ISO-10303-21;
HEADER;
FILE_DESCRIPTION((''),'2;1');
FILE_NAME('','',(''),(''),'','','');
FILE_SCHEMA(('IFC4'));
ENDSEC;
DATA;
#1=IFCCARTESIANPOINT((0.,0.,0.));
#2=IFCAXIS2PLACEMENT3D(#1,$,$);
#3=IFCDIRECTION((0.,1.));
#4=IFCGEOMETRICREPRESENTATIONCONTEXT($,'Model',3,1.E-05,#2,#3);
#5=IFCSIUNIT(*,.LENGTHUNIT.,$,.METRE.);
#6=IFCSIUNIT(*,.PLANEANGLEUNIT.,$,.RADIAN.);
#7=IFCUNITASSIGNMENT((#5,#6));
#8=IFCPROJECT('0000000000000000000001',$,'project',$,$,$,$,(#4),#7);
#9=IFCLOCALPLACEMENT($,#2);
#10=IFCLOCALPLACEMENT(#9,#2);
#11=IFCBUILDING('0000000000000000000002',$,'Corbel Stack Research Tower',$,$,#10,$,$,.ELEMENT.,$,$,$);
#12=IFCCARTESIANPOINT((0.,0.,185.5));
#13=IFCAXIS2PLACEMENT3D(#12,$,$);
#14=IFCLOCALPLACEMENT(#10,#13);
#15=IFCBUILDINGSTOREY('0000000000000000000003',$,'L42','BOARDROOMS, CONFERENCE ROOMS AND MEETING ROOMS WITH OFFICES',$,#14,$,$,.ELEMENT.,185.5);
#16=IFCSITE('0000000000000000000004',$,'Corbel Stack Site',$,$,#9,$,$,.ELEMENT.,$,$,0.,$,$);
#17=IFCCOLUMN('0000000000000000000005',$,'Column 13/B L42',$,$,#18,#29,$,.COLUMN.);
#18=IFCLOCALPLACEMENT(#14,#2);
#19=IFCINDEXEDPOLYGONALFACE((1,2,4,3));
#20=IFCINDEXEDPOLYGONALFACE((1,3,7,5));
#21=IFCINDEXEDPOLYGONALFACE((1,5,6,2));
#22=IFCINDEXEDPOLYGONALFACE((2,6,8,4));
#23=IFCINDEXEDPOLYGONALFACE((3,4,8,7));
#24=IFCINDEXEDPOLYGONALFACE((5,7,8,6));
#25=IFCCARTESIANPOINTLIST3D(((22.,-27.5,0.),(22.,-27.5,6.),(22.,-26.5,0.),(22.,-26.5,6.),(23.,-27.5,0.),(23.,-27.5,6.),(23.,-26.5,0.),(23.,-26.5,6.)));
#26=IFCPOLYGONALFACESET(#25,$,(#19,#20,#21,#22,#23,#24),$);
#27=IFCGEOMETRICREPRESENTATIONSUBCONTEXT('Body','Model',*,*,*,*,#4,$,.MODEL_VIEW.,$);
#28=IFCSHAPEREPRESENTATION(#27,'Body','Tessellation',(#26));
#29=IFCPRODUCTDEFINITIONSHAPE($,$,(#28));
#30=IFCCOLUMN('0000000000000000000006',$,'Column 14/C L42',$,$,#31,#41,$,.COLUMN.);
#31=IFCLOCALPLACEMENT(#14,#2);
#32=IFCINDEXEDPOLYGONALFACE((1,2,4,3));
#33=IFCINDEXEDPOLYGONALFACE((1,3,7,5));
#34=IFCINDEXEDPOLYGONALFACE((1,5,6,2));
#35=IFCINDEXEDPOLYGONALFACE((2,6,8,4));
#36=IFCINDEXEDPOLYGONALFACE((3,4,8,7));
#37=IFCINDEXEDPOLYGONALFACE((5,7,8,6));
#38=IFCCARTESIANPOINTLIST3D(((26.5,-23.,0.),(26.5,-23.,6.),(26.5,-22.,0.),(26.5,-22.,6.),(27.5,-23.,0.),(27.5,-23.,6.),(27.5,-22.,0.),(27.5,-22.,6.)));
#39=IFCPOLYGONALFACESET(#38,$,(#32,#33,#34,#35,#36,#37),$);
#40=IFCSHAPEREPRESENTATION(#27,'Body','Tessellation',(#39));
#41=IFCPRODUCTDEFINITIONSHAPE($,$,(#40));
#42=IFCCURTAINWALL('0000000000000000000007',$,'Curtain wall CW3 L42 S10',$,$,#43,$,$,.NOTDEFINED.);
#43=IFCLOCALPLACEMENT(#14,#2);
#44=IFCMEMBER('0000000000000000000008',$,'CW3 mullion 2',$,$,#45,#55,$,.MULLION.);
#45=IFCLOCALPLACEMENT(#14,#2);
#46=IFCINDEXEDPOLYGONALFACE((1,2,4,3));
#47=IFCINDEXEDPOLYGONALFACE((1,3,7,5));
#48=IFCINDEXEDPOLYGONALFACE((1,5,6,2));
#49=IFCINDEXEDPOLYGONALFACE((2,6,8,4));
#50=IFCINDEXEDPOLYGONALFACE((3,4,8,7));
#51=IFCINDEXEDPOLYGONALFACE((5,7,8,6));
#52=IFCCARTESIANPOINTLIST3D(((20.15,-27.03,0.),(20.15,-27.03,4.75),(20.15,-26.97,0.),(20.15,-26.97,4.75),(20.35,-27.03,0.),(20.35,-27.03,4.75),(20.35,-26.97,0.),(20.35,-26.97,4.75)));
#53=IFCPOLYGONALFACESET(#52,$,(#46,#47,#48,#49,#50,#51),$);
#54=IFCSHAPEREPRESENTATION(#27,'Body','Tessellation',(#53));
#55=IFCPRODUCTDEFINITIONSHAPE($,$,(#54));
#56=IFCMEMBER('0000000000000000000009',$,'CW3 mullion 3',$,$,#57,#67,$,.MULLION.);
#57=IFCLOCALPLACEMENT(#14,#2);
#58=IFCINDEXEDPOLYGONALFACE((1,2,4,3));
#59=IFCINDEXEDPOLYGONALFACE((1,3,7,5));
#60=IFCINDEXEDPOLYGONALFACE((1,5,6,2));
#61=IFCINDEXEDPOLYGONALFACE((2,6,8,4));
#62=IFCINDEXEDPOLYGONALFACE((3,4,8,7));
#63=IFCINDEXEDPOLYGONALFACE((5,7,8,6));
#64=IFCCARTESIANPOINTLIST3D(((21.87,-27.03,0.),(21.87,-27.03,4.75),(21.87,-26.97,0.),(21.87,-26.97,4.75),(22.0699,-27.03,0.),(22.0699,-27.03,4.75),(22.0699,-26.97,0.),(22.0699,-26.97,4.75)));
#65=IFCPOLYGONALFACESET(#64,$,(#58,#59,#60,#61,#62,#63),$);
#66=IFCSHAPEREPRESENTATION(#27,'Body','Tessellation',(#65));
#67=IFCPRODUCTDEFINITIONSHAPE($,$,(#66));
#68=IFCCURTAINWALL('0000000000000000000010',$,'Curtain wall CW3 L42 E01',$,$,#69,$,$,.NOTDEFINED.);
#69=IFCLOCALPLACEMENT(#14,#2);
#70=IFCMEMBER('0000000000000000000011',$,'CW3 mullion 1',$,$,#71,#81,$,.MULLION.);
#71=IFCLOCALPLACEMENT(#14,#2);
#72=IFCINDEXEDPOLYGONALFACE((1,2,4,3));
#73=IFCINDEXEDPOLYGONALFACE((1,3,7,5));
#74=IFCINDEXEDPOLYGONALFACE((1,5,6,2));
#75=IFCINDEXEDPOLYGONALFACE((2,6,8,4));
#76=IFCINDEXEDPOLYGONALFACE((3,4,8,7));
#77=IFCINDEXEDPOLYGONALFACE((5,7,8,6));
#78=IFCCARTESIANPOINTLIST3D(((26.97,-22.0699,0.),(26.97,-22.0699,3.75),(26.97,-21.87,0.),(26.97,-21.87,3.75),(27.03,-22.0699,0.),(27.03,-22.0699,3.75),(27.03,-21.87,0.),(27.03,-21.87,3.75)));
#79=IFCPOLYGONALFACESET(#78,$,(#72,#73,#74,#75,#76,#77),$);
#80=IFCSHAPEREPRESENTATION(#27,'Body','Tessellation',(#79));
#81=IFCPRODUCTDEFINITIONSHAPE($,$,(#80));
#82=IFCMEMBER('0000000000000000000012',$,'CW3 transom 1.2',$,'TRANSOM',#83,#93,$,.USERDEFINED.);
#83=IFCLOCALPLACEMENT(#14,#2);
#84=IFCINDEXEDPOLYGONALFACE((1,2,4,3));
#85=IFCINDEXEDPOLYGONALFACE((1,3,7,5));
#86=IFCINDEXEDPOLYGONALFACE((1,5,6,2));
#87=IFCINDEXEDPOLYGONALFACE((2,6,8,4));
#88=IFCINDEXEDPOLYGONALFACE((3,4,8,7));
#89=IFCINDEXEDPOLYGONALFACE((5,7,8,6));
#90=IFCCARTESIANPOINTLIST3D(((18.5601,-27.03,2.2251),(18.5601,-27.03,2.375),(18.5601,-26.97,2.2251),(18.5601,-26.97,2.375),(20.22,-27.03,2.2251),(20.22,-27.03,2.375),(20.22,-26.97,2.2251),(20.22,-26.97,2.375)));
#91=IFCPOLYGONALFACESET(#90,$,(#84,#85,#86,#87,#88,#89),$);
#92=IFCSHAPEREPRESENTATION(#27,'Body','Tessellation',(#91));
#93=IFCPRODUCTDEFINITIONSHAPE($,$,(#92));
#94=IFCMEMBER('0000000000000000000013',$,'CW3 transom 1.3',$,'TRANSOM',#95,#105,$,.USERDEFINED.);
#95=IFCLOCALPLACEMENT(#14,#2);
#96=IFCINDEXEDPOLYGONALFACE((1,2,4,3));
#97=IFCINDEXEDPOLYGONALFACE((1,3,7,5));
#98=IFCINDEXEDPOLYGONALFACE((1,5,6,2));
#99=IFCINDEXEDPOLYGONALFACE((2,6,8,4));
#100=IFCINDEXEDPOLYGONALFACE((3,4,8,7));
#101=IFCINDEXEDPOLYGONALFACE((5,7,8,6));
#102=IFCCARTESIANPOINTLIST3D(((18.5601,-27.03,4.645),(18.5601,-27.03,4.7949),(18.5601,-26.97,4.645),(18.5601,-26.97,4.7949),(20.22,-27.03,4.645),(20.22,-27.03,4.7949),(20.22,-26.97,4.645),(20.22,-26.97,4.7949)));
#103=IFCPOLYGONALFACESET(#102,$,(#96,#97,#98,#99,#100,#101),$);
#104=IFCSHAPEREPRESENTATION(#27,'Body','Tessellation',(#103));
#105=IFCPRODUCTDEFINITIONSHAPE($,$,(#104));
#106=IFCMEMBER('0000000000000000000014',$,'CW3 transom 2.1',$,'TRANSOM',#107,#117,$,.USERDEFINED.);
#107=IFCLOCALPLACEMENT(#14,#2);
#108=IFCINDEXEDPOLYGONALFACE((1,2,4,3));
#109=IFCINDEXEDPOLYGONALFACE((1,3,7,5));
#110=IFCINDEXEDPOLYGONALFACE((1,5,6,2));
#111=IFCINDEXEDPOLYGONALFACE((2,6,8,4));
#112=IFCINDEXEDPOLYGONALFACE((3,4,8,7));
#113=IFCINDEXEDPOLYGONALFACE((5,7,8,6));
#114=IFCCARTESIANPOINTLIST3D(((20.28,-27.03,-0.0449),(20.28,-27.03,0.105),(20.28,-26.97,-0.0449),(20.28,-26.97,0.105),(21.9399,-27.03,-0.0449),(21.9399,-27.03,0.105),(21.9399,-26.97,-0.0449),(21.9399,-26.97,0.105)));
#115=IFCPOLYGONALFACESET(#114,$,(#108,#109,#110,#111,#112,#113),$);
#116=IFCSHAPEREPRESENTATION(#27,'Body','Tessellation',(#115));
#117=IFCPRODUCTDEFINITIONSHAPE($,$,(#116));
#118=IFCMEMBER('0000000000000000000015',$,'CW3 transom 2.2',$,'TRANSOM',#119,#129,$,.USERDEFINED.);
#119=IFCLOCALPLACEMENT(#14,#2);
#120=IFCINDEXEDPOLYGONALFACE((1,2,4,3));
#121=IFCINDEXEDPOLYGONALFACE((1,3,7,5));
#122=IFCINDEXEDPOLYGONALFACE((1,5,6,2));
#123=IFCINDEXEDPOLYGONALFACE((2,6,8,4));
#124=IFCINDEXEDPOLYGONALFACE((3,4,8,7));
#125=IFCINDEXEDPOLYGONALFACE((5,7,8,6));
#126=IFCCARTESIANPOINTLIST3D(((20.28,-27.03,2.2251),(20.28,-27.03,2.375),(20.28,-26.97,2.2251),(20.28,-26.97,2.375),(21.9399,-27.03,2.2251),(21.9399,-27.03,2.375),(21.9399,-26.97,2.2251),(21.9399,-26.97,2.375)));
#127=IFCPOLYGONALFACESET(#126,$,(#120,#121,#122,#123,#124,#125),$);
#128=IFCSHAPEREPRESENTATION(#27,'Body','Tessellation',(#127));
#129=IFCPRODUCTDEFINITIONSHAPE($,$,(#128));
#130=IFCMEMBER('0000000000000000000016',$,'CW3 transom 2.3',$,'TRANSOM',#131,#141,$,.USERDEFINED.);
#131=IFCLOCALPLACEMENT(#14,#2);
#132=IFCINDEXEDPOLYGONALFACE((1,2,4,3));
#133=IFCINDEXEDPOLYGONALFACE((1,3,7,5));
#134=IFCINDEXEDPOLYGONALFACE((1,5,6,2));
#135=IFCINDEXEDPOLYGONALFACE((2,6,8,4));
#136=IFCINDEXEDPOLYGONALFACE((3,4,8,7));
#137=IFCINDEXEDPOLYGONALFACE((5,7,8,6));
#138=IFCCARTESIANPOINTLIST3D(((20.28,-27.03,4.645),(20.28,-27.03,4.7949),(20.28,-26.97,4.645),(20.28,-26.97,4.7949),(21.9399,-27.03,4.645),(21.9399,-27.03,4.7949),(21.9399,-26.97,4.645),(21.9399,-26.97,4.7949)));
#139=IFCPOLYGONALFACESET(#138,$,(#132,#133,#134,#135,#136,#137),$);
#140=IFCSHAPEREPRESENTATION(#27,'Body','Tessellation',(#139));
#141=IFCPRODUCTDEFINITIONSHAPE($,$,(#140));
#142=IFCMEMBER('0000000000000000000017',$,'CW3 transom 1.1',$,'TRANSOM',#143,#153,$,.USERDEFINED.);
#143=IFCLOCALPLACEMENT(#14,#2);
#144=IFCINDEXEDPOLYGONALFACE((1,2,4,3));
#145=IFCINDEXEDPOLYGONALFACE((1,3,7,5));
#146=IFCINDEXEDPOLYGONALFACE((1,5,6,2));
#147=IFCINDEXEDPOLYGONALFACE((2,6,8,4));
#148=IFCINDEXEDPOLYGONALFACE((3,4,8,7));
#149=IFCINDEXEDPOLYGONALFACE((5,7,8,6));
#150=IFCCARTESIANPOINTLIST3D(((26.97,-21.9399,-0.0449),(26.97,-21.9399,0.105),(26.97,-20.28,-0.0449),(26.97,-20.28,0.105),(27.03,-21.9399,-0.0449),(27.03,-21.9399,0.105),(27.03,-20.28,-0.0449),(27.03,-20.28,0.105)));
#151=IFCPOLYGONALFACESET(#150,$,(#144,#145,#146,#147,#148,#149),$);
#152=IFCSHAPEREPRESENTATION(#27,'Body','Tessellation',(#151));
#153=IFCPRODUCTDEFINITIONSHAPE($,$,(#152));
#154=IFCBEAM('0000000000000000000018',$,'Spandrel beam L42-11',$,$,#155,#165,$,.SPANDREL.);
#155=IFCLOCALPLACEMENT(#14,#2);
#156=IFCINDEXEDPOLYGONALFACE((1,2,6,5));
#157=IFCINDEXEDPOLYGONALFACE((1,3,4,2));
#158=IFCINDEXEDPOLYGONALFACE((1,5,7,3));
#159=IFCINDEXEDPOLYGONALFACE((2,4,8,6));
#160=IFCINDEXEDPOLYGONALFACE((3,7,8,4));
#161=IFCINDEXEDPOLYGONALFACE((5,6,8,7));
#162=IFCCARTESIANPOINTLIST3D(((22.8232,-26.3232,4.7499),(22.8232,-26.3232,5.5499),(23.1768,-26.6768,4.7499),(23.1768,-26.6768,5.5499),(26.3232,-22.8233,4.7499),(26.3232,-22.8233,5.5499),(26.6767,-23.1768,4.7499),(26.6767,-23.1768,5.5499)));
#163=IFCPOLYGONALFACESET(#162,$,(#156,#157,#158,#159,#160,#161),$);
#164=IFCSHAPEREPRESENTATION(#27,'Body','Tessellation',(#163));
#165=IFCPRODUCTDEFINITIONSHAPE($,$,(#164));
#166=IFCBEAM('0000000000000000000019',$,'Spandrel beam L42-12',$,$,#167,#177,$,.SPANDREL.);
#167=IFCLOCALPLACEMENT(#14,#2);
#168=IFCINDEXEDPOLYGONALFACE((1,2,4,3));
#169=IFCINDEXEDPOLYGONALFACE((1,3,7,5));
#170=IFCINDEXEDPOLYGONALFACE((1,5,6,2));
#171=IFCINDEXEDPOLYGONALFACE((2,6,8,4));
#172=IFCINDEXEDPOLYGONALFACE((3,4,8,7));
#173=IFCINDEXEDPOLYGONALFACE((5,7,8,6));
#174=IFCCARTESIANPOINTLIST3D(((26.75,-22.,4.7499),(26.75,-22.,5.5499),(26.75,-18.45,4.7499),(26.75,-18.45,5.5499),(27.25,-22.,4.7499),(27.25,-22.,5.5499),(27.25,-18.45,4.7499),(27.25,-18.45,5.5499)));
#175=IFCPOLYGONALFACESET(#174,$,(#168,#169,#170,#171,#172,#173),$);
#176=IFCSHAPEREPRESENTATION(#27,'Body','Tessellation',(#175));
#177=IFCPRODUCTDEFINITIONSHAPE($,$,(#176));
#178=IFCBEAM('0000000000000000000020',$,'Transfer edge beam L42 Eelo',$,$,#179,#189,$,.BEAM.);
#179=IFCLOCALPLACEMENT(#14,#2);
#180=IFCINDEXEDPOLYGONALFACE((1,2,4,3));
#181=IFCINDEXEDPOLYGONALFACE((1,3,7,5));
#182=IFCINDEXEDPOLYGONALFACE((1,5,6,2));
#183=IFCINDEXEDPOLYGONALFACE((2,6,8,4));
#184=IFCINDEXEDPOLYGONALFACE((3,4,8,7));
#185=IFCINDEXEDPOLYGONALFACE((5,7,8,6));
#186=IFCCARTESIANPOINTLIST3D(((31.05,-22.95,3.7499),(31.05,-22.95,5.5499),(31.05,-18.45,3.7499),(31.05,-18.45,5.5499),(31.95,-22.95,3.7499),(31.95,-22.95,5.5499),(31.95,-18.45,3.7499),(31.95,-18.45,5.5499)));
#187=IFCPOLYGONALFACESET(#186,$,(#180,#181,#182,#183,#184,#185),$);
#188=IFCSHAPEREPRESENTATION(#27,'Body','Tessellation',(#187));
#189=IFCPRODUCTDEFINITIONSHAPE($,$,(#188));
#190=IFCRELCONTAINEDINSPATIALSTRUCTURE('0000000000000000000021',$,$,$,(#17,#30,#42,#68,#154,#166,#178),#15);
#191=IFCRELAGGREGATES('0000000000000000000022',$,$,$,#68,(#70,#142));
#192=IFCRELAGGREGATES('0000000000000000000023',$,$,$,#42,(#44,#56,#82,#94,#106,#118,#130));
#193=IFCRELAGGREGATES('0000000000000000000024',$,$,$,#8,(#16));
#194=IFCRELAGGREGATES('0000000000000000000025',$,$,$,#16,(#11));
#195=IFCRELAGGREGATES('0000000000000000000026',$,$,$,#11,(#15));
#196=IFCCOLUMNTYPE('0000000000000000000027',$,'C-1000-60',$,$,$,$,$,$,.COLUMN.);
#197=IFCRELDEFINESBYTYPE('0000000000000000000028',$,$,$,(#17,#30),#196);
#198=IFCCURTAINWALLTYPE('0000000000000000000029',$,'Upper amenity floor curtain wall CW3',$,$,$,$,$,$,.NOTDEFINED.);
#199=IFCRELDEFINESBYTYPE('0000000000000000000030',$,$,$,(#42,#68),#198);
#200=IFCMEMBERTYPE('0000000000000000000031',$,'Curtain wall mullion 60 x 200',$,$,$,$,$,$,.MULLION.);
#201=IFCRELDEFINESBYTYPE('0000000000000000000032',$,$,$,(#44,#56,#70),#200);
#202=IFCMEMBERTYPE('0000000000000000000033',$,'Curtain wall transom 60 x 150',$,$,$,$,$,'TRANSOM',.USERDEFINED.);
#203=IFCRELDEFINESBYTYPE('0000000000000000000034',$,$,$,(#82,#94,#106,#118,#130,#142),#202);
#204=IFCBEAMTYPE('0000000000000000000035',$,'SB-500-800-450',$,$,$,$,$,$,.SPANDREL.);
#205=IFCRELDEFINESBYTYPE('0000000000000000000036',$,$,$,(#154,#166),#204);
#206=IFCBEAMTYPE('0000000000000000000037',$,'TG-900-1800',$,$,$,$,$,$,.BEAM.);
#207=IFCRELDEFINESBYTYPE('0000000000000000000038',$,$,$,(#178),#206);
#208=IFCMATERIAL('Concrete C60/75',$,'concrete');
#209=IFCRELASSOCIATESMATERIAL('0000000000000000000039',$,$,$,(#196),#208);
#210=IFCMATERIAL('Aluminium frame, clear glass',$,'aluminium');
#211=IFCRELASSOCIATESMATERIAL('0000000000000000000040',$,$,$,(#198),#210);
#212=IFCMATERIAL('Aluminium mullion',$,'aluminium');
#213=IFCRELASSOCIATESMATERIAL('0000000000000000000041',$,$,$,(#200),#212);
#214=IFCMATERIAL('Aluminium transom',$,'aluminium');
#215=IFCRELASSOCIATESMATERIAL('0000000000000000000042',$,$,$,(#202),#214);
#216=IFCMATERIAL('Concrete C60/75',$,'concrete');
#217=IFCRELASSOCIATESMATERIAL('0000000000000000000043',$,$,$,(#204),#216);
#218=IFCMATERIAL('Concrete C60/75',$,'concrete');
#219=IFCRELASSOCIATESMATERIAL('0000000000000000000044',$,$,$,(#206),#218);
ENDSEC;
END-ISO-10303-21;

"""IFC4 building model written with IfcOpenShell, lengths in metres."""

from ifc_helpers import new_model, si_unit, direction, frame, origin, origin_2d, place, context, subcontext, project, spatial, rectangle, extrude, material, material_profile, profile_set, type_object, element, aggregate, save


model = new_model("IFC4")

# Units and contexts
model_context = context("Model", 3, precision=1e-05, world=origin(), true_north=direction((0.0, 1.0)))
body_context = subcontext(model_context, "Body", "Model", "MODEL_VIEW")
ifc_project = project(units=[si_unit("LENGTHUNIT", "METRE"), si_unit("PLANEANGLEUNIT", "RADIAN")], contexts=[model_context])

# Site, building, storey
site_placement = place(None, origin())
site = spatial("IfcSite", under=ifc_project, at=site_placement, Name="Corbel Stack Site", CompositionType="ELEMENT", RefElevation=0.0)
building_placement = place(site_placement, origin())
building = spatial("IfcBuilding", under=site, at=building_placement, Name="Corbel Stack Research Tower", CompositionType="ELEMENT")
storey_placement = place(building_placement, frame((0.0, 0.0, 185.5)))
storey = spatial("IfcBuildingStorey", under=building, at=storey_placement, Name="L42", Description="BOARDROOMS, CONFERENCE ROOMS AND MEETING ROOMS WITH OFFICES", CompositionType="ELEMENT", Elevation=185.5)

# Columns
ifc_material_1 = material(Name="Concrete C60/75", Category="concrete")
ifc_material_profile_1 = material_profile(ifc_material_1, rectangle(XDim=1.0, YDim=1.0, at=origin_2d()), Name="RC 1000 x 1000")
ifc_profile_set_1 = profile_set([ifc_material_profile_1], Name="Concrete C60/75")
column_type = type_object("IfcColumnType", Name="C-1000-60", PredefinedType="COLUMN", material=ifc_profile_set_1)
for number, where, z_axis, x_axis, name in (
    (1, (22.5, -27.0, 0.0), (0.0, 0.0, 1.0), (1.0, 0.0, 0.0), "Column 13/B L42"),
    (2, (27.0, -22.5, 0.0), (0.0, 0.0, 1.0), (1.0, 0.0, 0.0), "Column 14/C L42"),
):
    element("IfcColumn", number, at=place(storey_placement, frame(where, z_axis=z_axis, x_axis=x_axis)), inside=storey, type_object=column_type, Name=name, PredefinedType="COLUMN", context=body_context, shape_type="SweptSolid", body=[
        extrude(rectangle(XDim=1.0, YDim=1.0, at=origin_2d()), origin(), (0.0, 0.0, 1.0), 6.0),
    ])

# Curtain wall, members
ifc_material_2 = material(Name="Aluminium frame, clear glass", Category="aluminium")
curtain_wall_type = type_object("IfcCurtainWallType", Name="Upper amenity floor curtain wall CW3", PredefinedType="NOTDEFINED", material=ifc_material_2)
curtain_wall_1_placement = place(storey_placement, origin())
curtain_wall_1 = element("IfcCurtainWall", 3, at=curtain_wall_1_placement, inside=storey, type_object=curtain_wall_type, Name="Curtain wall CW3 L42 S10", PredefinedType="NOTDEFINED")
ifc_material_3 = material(Name="Aluminium mullion", Category="aluminium")
ifc_material_profile_2 = material_profile(ifc_material_3, rectangle(XDim=0.0601, YDim=0.2, at=origin_2d()), Name="Mullion 60 x 200")
ifc_profile_set_2 = profile_set([ifc_material_profile_2], Name="Aluminium mullion")
member_type_1 = type_object("IfcMemberType", Name="Curtain wall mullion 60 x 200", PredefinedType="MULLION", material=ifc_profile_set_2)
member_1_placement = place(storey_placement, frame((20.25, -27.0, 0.0), z_axis=(0.0, 0.0, 1.0), x_axis=(0.0, 1.0, 0.0)))
member_1 = element("IfcMember", 4, at=member_1_placement, type_object=member_type_1, Name="CW3 mullion 2", PredefinedType="MULLION", context=body_context, shape_type="SweptSolid", body=[
    extrude(rectangle(XDim=0.0601, YDim=0.2, at=origin_2d()), origin(), (0.0, 0.0, 1.0), 4.75),
])
member_2_placement = place(storey_placement, frame((21.97, -27.0, 0.0), z_axis=(0.0, 0.0, 1.0), x_axis=(0.0, 1.0, 0.0)))
member_2 = element("IfcMember", 5, at=member_2_placement, type_object=member_type_1, Name="CW3 mullion 3", PredefinedType="MULLION", context=body_context, shape_type="SweptSolid", body=[
    extrude(rectangle(XDim=0.0601, YDim=0.2, at=origin_2d()), origin(), (0.0, 0.0, 1.0), 4.75),
])

# Curtain wall, member
curtain_wall_2_placement = place(storey_placement, origin())
curtain_wall_2 = element("IfcCurtainWall", 6, at=curtain_wall_2_placement, inside=storey, type_object=curtain_wall_type, Name="Curtain wall CW3 L42 E01", PredefinedType="NOTDEFINED")
member_3_placement = place(storey_placement, frame((27.0, -21.97, 0.0), z_axis=(0.0, 0.0, 1.0), x_axis=(-1.0, 0.0, 0.0)))
member_3 = element("IfcMember", 7, at=member_3_placement, type_object=member_type_1, Name="CW3 mullion 1", PredefinedType="MULLION", context=body_context, shape_type="SweptSolid", body=[
    extrude(rectangle(XDim=0.0601, YDim=0.2, at=origin_2d()), origin(), (0.0, 0.0, 1.0), 3.75),
])

# Members
ifc_material_4 = material(Name="Aluminium transom", Category="aluminium")
ifc_material_profile_3 = material_profile(ifc_material_4, rectangle(XDim=0.0601, YDim=0.1499, at=origin_2d()), Name="Transom 60 x 150")
ifc_profile_set_3 = profile_set([ifc_material_profile_3], Name="Aluminium transom")
member_type_2 = type_object("IfcMemberType", Name="Curtain wall transom 60 x 150", ElementType="TRANSOM", PredefinedType="USERDEFINED", material=ifc_profile_set_3)
member_4_placement = place(storey_placement, frame((18.5601, -27.0, 2.3), z_axis=(1.0, 0.0, 0.0), x_axis=(0.0, 1.0, 0.0)))
member_4 = element("IfcMember", 8, at=member_4_placement, type_object=member_type_2, Name="CW3 transom 1.2", ObjectType="TRANSOM", PredefinedType="USERDEFINED", context=body_context, shape_type="SweptSolid", body=[
    extrude(rectangle(XDim=0.0601, YDim=0.1499, at=origin_2d()), origin(), (0.0, 0.0, 1.0), 1.6599),
])
member_5_placement = place(storey_placement, frame((18.5601, -27.0, 4.72), z_axis=(1.0, 0.0, 0.0), x_axis=(0.0, 1.0, 0.0)))
member_5 = element("IfcMember", 9, at=member_5_placement, type_object=member_type_2, Name="CW3 transom 1.3", ObjectType="TRANSOM", PredefinedType="USERDEFINED", context=body_context, shape_type="SweptSolid", body=[
    extrude(rectangle(XDim=0.0601, YDim=0.1499, at=origin_2d()), origin(), (0.0, 0.0, 1.0), 1.6599),
])
member_6_placement = place(storey_placement, frame((20.28, -27.0, 0.03), z_axis=(1.0, 0.0, 0.0), x_axis=(0.0, 1.0, 0.0)))
member_6 = element("IfcMember", 10, at=member_6_placement, type_object=member_type_2, Name="CW3 transom 2.1", ObjectType="TRANSOM", PredefinedType="USERDEFINED", context=body_context, shape_type="SweptSolid", body=[
    extrude(rectangle(XDim=0.0601, YDim=0.1499, at=origin_2d()), origin(), (0.0, 0.0, 1.0), 1.6599),
])
member_7_placement = place(storey_placement, frame((20.28, -27.0, 2.3), z_axis=(1.0, 0.0, 0.0), x_axis=(0.0, 1.0, 0.0)))
member_7 = element("IfcMember", 11, at=member_7_placement, type_object=member_type_2, Name="CW3 transom 2.2", ObjectType="TRANSOM", PredefinedType="USERDEFINED", context=body_context, shape_type="SweptSolid", body=[
    extrude(rectangle(XDim=0.0601, YDim=0.1499, at=origin_2d()), origin(), (0.0, 0.0, 1.0), 1.6599),
])
member_8_placement = place(storey_placement, frame((20.28, -27.0, 4.72), z_axis=(1.0, 0.0, 0.0), x_axis=(0.0, 1.0, 0.0)))
member_8 = element("IfcMember", 12, at=member_8_placement, type_object=member_type_2, Name="CW3 transom 2.3", ObjectType="TRANSOM", PredefinedType="USERDEFINED", context=body_context, shape_type="SweptSolid", body=[
    extrude(rectangle(XDim=0.0601, YDim=0.1499, at=origin_2d()), origin(), (0.0, 0.0, 1.0), 1.6599),
])
member_9_placement = place(storey_placement, frame((27.0, -21.9399, 0.03), z_axis=(0.0, 1.0, 0.0), x_axis=(-1.0, 0.0, 0.0)))
member_9 = element("IfcMember", 13, at=member_9_placement, type_object=member_type_2, Name="CW3 transom 1.1", ObjectType="TRANSOM", PredefinedType="USERDEFINED", context=body_context, shape_type="SweptSolid", body=[
    extrude(rectangle(XDim=0.0601, YDim=0.1499, at=origin_2d()), origin(), (0.0, 0.0, 1.0), 1.6599),
])
aggregate(curtain_wall_2, [member_3, member_9])

# Beams
ifc_material_5 = material(Name="Concrete C60/75", Category="concrete")
ifc_material_profile_4 = material_profile(ifc_material_5, rectangle(XDim=0.5, YDim=0.8, at=origin_2d()), Name="RC 500 x 800")
ifc_profile_set_4 = profile_set([ifc_material_profile_4], Name="Concrete C60/75")
beam_type_1 = type_object("IfcBeamType", Name="SB-500-800-450", PredefinedType="SPANDREL", material=ifc_profile_set_4)
beam_1_placement = place(storey_placement, frame((23.0, -26.5, 5.1499), z_axis=(0.707107, 0.707107, 0.0), x_axis=(-0.707107, 0.707107, 0.0)))
element("IfcBeam", 14, at=beam_1_placement, inside=storey, type_object=beam_type_1, Name="Spandrel beam L42-11", PredefinedType="SPANDREL", context=body_context, shape_type="SweptSolid", body=[
    extrude(rectangle(XDim=0.5, YDim=0.8, at=origin_2d()), origin(), (0.0, 0.0, 1.0), 4.9497),
])
beam_2_placement = place(storey_placement, frame((27.0, -22.0, 5.1499), z_axis=(0.0, 1.0, 0.0), x_axis=(-1.0, 0.0, 0.0)))
element("IfcBeam", 15, at=beam_2_placement, inside=storey, type_object=beam_type_1, Name="Spandrel beam L42-12", PredefinedType="SPANDREL", context=body_context, shape_type="SweptSolid", body=[
    extrude(rectangle(XDim=0.5, YDim=0.8, at=origin_2d()), origin(), (0.0, 0.0, 1.0), 3.55),
])
ifc_material_6 = material(Name="Concrete C60/75", Category="concrete")
ifc_material_profile_5 = material_profile(ifc_material_6, rectangle(XDim=0.8999, YDim=1.8, at=origin_2d()), Name="RC 900 x 1800")
ifc_profile_set_5 = profile_set([ifc_material_profile_5], Name="Concrete C60/75")
beam_type_2 = type_object("IfcBeamType", Name="TG-900-1800", PredefinedType="BEAM", material=ifc_profile_set_5)
beam_3_placement = place(storey_placement, frame((31.5, -22.95, 4.6499), z_axis=(0.0, 1.0, 0.0), x_axis=(-1.0, 0.0, 0.0)))
element("IfcBeam", 16, at=beam_3_placement, inside=storey, type_object=beam_type_2, Name="Transfer edge beam L42 Eelo", PredefinedType="BEAM", context=body_context, shape_type="SweptSolid", body=[
    extrude(rectangle(XDim=0.8999, YDim=1.8, at=origin_2d()), origin(), (0.0, 0.0, 1.0), 4.5),
])

aggregate(curtain_wall_1, [member_1, member_2, member_4, member_5, member_6, member_7, member_8])

save(model, "model.ifc")
